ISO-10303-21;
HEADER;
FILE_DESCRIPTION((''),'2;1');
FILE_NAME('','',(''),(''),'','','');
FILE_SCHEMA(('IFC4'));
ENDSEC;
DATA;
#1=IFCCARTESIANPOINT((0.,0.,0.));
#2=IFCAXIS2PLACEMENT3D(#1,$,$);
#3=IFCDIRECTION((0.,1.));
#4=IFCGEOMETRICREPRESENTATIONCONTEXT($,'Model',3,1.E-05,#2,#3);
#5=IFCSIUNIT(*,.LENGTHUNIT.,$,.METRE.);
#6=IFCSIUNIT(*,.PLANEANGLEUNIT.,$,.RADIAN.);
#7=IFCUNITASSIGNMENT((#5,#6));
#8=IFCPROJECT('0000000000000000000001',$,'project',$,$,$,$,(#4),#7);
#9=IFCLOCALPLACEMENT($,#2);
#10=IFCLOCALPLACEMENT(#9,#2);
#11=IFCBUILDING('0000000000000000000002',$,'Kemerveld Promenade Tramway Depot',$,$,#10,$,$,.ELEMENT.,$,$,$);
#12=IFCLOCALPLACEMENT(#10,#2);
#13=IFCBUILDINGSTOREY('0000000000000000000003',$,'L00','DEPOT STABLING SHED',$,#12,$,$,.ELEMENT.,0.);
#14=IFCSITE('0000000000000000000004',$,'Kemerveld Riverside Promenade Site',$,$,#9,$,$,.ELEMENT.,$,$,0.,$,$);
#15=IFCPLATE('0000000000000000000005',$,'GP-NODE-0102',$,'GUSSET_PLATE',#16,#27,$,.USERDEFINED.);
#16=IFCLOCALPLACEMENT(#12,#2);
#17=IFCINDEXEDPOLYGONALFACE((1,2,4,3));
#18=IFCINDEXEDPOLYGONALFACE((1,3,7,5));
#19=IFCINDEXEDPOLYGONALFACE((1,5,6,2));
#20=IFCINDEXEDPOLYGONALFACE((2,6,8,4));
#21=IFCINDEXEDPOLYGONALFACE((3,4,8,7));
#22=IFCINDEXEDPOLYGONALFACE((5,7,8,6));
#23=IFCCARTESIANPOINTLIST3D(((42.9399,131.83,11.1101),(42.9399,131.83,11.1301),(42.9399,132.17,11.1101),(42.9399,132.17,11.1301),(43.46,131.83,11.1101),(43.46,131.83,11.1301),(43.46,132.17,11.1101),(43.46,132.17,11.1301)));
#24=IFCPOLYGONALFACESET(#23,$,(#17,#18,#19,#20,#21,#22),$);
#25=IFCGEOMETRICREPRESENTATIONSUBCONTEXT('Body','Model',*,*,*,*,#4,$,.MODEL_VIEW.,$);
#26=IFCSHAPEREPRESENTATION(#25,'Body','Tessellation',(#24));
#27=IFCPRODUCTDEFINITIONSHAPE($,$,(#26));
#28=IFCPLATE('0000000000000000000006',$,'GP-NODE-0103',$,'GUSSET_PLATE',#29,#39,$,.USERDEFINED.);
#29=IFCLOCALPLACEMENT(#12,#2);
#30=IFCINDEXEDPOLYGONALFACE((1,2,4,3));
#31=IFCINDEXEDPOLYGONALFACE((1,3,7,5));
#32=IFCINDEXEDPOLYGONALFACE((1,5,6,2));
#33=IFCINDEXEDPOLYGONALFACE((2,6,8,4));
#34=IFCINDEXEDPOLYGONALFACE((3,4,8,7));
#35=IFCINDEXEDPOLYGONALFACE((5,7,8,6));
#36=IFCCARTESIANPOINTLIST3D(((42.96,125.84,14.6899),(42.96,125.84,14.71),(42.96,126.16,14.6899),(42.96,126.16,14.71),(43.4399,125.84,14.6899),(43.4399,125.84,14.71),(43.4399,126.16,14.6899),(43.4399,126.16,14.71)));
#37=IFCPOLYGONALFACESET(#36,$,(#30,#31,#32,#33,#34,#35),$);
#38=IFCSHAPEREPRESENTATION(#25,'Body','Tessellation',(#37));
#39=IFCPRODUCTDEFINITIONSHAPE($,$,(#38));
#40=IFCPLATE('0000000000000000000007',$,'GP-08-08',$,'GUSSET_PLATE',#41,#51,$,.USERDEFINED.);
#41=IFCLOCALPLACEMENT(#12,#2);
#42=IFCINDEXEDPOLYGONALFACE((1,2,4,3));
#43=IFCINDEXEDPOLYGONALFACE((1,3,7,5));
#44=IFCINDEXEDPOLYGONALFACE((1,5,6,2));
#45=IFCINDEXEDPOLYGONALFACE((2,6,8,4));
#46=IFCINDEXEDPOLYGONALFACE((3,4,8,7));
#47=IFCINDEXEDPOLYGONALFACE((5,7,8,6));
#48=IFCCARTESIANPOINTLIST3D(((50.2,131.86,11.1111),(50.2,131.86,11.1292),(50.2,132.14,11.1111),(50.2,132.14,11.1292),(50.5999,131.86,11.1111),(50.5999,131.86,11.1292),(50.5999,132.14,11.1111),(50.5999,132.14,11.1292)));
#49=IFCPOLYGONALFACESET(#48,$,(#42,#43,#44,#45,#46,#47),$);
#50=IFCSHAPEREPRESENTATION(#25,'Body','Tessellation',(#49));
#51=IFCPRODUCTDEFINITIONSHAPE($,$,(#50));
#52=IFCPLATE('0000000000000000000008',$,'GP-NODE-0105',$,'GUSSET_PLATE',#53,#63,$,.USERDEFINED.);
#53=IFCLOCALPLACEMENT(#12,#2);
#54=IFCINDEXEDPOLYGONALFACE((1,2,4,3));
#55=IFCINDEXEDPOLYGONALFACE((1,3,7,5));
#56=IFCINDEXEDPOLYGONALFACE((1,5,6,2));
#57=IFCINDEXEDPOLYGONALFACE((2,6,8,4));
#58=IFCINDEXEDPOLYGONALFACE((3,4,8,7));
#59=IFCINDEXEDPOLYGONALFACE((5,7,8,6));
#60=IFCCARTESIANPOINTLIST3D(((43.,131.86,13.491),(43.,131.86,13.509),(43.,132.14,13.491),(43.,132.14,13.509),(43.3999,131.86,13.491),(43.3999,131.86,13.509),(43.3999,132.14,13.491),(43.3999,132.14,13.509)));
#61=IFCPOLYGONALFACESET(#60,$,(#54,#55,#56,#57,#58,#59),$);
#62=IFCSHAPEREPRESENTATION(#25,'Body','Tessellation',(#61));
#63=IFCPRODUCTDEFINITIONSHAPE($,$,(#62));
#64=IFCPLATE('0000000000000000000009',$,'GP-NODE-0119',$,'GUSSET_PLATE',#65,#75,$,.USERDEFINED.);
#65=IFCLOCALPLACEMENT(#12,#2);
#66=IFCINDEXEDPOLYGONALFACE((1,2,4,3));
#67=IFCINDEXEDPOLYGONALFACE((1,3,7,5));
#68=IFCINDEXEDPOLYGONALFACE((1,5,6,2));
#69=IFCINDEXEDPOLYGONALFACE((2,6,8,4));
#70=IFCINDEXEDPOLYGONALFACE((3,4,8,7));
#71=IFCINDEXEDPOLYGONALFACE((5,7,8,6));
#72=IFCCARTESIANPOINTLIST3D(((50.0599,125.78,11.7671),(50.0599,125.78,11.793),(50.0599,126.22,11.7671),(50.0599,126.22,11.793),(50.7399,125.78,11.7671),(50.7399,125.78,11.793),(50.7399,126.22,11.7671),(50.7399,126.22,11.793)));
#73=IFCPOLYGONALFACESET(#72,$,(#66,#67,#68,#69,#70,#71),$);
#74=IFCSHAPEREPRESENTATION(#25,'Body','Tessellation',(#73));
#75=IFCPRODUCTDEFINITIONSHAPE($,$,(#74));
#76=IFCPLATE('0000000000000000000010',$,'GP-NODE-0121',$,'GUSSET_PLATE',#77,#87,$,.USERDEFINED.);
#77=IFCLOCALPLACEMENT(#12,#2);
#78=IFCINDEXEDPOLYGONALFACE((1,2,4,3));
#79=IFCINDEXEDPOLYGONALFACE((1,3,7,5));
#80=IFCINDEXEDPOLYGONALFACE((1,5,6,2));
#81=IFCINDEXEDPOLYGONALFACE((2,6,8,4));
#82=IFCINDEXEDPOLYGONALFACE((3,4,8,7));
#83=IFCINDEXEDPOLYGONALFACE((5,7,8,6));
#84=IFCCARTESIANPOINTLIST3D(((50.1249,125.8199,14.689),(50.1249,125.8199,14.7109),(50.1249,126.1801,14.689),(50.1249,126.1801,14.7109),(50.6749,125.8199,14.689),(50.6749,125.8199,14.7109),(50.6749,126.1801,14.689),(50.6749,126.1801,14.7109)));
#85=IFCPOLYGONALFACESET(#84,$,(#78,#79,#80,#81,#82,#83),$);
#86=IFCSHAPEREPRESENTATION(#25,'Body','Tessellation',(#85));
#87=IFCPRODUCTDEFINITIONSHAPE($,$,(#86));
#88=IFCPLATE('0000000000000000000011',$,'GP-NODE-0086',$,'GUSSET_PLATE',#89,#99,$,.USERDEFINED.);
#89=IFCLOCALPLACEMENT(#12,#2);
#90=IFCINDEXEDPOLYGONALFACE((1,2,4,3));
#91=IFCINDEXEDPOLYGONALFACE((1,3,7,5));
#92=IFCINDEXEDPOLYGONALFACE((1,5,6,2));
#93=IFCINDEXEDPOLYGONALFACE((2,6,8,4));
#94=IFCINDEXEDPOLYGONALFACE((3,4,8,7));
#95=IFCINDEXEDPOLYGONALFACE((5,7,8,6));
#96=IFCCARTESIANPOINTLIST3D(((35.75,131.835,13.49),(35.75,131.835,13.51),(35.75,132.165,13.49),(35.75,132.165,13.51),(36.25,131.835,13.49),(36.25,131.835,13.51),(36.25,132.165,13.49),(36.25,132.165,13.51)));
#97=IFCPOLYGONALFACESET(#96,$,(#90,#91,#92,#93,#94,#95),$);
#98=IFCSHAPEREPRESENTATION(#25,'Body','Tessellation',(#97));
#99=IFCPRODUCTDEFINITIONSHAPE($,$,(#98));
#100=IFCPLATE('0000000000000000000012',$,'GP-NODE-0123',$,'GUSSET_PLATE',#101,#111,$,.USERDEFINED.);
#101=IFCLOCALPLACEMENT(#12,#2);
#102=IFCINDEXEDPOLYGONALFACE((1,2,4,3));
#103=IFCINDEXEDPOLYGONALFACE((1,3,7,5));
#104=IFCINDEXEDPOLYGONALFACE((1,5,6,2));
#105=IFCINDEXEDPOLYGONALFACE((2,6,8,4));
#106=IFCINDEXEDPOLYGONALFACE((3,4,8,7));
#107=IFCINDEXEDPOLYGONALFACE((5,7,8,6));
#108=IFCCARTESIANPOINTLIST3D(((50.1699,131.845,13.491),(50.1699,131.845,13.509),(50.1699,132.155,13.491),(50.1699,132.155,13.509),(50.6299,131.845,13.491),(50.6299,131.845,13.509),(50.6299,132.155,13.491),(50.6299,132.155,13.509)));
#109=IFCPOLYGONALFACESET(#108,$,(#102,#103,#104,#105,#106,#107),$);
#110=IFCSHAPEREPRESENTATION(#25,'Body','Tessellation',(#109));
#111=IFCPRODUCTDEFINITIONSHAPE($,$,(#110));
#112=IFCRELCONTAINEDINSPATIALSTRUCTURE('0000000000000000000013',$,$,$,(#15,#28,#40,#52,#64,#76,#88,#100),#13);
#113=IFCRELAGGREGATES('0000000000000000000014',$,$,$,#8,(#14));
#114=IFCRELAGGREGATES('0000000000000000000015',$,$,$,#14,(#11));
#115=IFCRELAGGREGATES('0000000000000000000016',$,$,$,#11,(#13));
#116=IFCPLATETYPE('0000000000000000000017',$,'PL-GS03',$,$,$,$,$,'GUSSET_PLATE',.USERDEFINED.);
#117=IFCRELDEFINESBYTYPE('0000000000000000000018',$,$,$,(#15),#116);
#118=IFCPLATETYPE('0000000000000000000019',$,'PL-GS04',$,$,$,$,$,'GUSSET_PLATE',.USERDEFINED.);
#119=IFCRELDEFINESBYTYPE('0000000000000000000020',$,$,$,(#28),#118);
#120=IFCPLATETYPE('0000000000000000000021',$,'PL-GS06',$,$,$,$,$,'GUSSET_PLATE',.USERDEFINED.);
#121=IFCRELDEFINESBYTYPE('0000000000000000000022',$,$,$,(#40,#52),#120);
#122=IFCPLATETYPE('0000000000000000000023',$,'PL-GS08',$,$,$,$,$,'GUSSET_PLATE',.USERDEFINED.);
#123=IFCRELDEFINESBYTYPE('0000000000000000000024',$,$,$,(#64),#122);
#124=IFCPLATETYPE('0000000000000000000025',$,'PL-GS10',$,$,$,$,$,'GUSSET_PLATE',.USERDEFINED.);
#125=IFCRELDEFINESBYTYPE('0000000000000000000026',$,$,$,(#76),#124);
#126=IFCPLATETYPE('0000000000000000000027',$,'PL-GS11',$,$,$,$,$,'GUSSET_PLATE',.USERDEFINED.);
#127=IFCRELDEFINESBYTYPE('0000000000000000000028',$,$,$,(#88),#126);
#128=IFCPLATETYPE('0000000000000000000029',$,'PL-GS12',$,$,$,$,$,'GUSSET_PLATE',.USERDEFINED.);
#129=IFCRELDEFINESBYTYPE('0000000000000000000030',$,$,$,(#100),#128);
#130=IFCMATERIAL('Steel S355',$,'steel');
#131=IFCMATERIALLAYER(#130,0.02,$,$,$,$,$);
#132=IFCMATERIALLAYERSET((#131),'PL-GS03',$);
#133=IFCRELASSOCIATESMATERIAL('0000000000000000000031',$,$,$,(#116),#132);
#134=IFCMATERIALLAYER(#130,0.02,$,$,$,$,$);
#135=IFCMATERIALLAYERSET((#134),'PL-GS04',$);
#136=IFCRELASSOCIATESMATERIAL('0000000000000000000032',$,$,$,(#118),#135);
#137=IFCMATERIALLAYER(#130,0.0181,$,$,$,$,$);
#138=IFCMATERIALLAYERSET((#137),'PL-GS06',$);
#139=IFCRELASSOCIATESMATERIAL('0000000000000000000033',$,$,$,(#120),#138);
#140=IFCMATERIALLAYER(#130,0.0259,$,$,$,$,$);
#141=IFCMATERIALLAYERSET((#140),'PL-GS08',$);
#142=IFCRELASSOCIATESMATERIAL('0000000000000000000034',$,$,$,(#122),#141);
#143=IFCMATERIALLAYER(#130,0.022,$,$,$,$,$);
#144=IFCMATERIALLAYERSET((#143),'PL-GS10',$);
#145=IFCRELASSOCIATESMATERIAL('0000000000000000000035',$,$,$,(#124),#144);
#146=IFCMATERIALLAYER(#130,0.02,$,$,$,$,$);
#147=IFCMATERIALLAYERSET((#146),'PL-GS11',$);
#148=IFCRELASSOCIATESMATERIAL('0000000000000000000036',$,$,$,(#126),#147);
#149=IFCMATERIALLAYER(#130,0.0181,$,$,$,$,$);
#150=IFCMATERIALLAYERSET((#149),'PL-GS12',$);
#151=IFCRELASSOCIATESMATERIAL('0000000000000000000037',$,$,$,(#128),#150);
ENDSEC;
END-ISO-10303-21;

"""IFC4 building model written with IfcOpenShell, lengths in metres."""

from ifc_helpers import new_model, si_unit, direction, frame, origin, origin_2d, place, context, subcontext, project, spatial, rectangle, extrude, material, layer, layer_set, type_object, element, save


model = new_model("IFC4")

# Units and contexts
model_context = context("Model", 3, precision=1e-05, world=origin(), true_north=direction((0.0, 1.0)))
body_context = subcontext(model_context, "Body", "Model", "MODEL_VIEW")
ifc_project = project(units=[si_unit("LENGTHUNIT", "METRE"), si_unit("PLANEANGLEUNIT", "RADIAN")], contexts=[model_context])

# Site, building, storey
site_placement = place(None, origin())
site = spatial("IfcSite", under=ifc_project, at=site_placement, Name="Kemerveld Riverside Promenade Site", CompositionType="ELEMENT", RefElevation=0.0)
building_placement = place(site_placement, origin())
building = spatial("IfcBuilding", under=site, at=building_placement, Name="Kemerveld Promenade Tramway Depot", CompositionType="ELEMENT")
storey_placement = place(building_placement, origin())
storey = spatial("IfcBuildingStorey", under=building, at=storey_placement, Name="L00", Description="DEPOT STABLING SHED", CompositionType="ELEMENT", Elevation=0.0)

# Shared definitions
ifc_material_1 = material(Name="Steel S355", Category="steel")

# Plates
ifc_layer_1 = layer(ifc_material_1, 0.02)
ifc_layer_set_1 = layer_set([ifc_layer_1], Name="PL-GS03")
plate_type_1 = type_object("IfcPlateType", Name="PL-GS03", ElementType="GUSSET_PLATE", PredefinedType="USERDEFINED", material=ifc_layer_set_1)
for number, where, z_axis, x_axis, name in (
    (1, (43.2, 132.0, 11.1101), (0.0, 0.0, 1.0), (1.0, 0.0, 0.0), "GP-NODE-0102"),
):
    element("IfcPlate", number, at=place(storey_placement, frame(where, z_axis=z_axis, x_axis=x_axis)), inside=storey, type_object=plate_type_1, Name=name, ObjectType="GUSSET_PLATE", PredefinedType="USERDEFINED", context=body_context, shape_type="SweptSolid", body=[
        extrude(rectangle(XDim=0.52, YDim=0.3401, at=origin_2d()), origin(), (0.0, 0.0, 1.0), 0.02),
    ])
ifc_layer_2 = layer(ifc_material_1, 0.02)
ifc_layer_set_2 = layer_set([ifc_layer_2], Name="PL-GS04")
plate_type_2 = type_object("IfcPlateType", Name="PL-GS04", ElementType="GUSSET_PLATE", PredefinedType="USERDEFINED", material=ifc_layer_set_2)
plate_1_placement = place(storey_placement, frame((43.2, 126.0, 14.6899), z_axis=(0.0, 0.0, 1.0), x_axis=(1.0, 0.0, 0.0)))
element("IfcPlate", 2, at=plate_1_placement, inside=storey, type_object=plate_type_2, Name="GP-NODE-0103", ObjectType="GUSSET_PLATE", PredefinedType="USERDEFINED", context=body_context, shape_type="SweptSolid", body=[
    extrude(rectangle(XDim=0.48, YDim=0.3201, at=origin_2d()), origin(), (0.0, 0.0, 1.0), 0.02),
])
ifc_layer_3 = layer(ifc_material_1, 0.0181)
ifc_layer_set_3 = layer_set([ifc_layer_3], Name="PL-GS06")
plate_type_3 = type_object("IfcPlateType", Name="PL-GS06", ElementType="GUSSET_PLATE", PredefinedType="USERDEFINED", material=ifc_layer_set_3)
for number, where, z_axis, x_axis, name in (
    (3, (50.3999, 132.0, 11.1111), (0.0, 0.0, 1.0), (1.0, 0.0, 0.0), "GP-08-08"),
    (4, (43.2, 132.0, 13.491), (0.0, 0.0, 1.0), (1.0, 0.0, 0.0), "GP-NODE-0105"),
):
    element("IfcPlate", number, at=place(storey_placement, frame(where, z_axis=z_axis, x_axis=x_axis)), inside=storey, type_object=plate_type_3, Name=name, ObjectType="GUSSET_PLATE", PredefinedType="USERDEFINED", context=body_context, shape_type="SweptSolid", body=[
        extrude(rectangle(XDim=0.3999, YDim=0.28, at=origin_2d()), origin(), (0.0, 0.0, 1.0), 0.0181),
    ])
ifc_layer_4 = layer(ifc_material_1, 0.0259)
ifc_layer_set_4 = layer_set([ifc_layer_4], Name="PL-GS08")
plate_type_4 = type_object("IfcPlateType", Name="PL-GS08", ElementType="GUSSET_PLATE", PredefinedType="USERDEFINED", material=ifc_layer_set_4)
plate_2_placement = place(storey_placement, frame((50.3999, 126.0, 11.7671), z_axis=(0.0, 0.0, 1.0), x_axis=(1.0, 0.0, 0.0)))
element("IfcPlate", 5, at=plate_2_placement, inside=storey, type_object=plate_type_4, Name="GP-NODE-0119", ObjectType="GUSSET_PLATE", PredefinedType="USERDEFINED", context=body_context, shape_type="SweptSolid", body=[
    extrude(rectangle(XDim=0.6799, YDim=0.4399, at=origin_2d()), origin(), (0.0, 0.0, 1.0), 0.0259),
])
ifc_layer_5 = layer(ifc_material_1, 0.022)
ifc_layer_set_5 = layer_set([ifc_layer_5], Name="PL-GS10")
plate_type_5 = type_object("IfcPlateType", Name="PL-GS10", ElementType="GUSSET_PLATE", PredefinedType="USERDEFINED", material=ifc_layer_set_5)
plate_3_placement = place(storey_placement, frame((50.3999, 126.0, 14.689), z_axis=(0.0, 0.0, 1.0), x_axis=(1.0, 0.0, 0.0)))
element("IfcPlate", 6, at=plate_3_placement, inside=storey, type_object=plate_type_5, Name="GP-NODE-0121", ObjectType="GUSSET_PLATE", PredefinedType="USERDEFINED", context=body_context, shape_type="SweptSolid", body=[
    extrude(rectangle(XDim=0.55, YDim=0.3601, at=origin_2d()), origin(), (0.0, 0.0, 1.0), 0.022),
])
ifc_layer_6 = layer(ifc_material_1, 0.02)
ifc_layer_set_6 = layer_set([ifc_layer_6], Name="PL-GS11")
plate_type_6 = type_object("IfcPlateType", Name="PL-GS11", ElementType="GUSSET_PLATE", PredefinedType="USERDEFINED", material=ifc_layer_set_6)
plate_4_placement = place(storey_placement, frame((36.0, 132.0, 13.49), z_axis=(0.0, 0.0, 1.0), x_axis=(1.0, 0.0, 0.0)))
element("IfcPlate", 7, at=plate_4_placement, inside=storey, type_object=plate_type_6, Name="GP-NODE-0086", ObjectType="GUSSET_PLATE", PredefinedType="USERDEFINED", context=body_context, shape_type="SweptSolid", body=[
    extrude(rectangle(XDim=0.5, YDim=0.3301, at=origin_2d()), origin(), (0.0, 0.0, 1.0), 0.02),
])
ifc_layer_7 = layer(ifc_material_1, 0.0181)
ifc_layer_set_7 = layer_set([ifc_layer_7], Name="PL-GS12")
plate_type_7 = type_object("IfcPlateType", Name="PL-GS12", ElementType="GUSSET_PLATE", PredefinedType="USERDEFINED", material=ifc_layer_set_7)
plate_5_placement = place(storey_placement, frame((50.3999, 132.0, 13.491), z_axis=(0.0, 0.0, 1.0), x_axis=(1.0, 0.0, 0.0)))
element("IfcPlate", 8, at=plate_5_placement, inside=storey, type_object=plate_type_7, Name="GP-NODE-0123", ObjectType="GUSSET_PLATE", PredefinedType="USERDEFINED", context=body_context, shape_type="SweptSolid", body=[
    extrude(rectangle(XDim=0.46, YDim=0.3101, at=origin_2d()), origin(), (0.0, 0.0, 1.0), 0.0181),
])

save(model, "model.ifc")
